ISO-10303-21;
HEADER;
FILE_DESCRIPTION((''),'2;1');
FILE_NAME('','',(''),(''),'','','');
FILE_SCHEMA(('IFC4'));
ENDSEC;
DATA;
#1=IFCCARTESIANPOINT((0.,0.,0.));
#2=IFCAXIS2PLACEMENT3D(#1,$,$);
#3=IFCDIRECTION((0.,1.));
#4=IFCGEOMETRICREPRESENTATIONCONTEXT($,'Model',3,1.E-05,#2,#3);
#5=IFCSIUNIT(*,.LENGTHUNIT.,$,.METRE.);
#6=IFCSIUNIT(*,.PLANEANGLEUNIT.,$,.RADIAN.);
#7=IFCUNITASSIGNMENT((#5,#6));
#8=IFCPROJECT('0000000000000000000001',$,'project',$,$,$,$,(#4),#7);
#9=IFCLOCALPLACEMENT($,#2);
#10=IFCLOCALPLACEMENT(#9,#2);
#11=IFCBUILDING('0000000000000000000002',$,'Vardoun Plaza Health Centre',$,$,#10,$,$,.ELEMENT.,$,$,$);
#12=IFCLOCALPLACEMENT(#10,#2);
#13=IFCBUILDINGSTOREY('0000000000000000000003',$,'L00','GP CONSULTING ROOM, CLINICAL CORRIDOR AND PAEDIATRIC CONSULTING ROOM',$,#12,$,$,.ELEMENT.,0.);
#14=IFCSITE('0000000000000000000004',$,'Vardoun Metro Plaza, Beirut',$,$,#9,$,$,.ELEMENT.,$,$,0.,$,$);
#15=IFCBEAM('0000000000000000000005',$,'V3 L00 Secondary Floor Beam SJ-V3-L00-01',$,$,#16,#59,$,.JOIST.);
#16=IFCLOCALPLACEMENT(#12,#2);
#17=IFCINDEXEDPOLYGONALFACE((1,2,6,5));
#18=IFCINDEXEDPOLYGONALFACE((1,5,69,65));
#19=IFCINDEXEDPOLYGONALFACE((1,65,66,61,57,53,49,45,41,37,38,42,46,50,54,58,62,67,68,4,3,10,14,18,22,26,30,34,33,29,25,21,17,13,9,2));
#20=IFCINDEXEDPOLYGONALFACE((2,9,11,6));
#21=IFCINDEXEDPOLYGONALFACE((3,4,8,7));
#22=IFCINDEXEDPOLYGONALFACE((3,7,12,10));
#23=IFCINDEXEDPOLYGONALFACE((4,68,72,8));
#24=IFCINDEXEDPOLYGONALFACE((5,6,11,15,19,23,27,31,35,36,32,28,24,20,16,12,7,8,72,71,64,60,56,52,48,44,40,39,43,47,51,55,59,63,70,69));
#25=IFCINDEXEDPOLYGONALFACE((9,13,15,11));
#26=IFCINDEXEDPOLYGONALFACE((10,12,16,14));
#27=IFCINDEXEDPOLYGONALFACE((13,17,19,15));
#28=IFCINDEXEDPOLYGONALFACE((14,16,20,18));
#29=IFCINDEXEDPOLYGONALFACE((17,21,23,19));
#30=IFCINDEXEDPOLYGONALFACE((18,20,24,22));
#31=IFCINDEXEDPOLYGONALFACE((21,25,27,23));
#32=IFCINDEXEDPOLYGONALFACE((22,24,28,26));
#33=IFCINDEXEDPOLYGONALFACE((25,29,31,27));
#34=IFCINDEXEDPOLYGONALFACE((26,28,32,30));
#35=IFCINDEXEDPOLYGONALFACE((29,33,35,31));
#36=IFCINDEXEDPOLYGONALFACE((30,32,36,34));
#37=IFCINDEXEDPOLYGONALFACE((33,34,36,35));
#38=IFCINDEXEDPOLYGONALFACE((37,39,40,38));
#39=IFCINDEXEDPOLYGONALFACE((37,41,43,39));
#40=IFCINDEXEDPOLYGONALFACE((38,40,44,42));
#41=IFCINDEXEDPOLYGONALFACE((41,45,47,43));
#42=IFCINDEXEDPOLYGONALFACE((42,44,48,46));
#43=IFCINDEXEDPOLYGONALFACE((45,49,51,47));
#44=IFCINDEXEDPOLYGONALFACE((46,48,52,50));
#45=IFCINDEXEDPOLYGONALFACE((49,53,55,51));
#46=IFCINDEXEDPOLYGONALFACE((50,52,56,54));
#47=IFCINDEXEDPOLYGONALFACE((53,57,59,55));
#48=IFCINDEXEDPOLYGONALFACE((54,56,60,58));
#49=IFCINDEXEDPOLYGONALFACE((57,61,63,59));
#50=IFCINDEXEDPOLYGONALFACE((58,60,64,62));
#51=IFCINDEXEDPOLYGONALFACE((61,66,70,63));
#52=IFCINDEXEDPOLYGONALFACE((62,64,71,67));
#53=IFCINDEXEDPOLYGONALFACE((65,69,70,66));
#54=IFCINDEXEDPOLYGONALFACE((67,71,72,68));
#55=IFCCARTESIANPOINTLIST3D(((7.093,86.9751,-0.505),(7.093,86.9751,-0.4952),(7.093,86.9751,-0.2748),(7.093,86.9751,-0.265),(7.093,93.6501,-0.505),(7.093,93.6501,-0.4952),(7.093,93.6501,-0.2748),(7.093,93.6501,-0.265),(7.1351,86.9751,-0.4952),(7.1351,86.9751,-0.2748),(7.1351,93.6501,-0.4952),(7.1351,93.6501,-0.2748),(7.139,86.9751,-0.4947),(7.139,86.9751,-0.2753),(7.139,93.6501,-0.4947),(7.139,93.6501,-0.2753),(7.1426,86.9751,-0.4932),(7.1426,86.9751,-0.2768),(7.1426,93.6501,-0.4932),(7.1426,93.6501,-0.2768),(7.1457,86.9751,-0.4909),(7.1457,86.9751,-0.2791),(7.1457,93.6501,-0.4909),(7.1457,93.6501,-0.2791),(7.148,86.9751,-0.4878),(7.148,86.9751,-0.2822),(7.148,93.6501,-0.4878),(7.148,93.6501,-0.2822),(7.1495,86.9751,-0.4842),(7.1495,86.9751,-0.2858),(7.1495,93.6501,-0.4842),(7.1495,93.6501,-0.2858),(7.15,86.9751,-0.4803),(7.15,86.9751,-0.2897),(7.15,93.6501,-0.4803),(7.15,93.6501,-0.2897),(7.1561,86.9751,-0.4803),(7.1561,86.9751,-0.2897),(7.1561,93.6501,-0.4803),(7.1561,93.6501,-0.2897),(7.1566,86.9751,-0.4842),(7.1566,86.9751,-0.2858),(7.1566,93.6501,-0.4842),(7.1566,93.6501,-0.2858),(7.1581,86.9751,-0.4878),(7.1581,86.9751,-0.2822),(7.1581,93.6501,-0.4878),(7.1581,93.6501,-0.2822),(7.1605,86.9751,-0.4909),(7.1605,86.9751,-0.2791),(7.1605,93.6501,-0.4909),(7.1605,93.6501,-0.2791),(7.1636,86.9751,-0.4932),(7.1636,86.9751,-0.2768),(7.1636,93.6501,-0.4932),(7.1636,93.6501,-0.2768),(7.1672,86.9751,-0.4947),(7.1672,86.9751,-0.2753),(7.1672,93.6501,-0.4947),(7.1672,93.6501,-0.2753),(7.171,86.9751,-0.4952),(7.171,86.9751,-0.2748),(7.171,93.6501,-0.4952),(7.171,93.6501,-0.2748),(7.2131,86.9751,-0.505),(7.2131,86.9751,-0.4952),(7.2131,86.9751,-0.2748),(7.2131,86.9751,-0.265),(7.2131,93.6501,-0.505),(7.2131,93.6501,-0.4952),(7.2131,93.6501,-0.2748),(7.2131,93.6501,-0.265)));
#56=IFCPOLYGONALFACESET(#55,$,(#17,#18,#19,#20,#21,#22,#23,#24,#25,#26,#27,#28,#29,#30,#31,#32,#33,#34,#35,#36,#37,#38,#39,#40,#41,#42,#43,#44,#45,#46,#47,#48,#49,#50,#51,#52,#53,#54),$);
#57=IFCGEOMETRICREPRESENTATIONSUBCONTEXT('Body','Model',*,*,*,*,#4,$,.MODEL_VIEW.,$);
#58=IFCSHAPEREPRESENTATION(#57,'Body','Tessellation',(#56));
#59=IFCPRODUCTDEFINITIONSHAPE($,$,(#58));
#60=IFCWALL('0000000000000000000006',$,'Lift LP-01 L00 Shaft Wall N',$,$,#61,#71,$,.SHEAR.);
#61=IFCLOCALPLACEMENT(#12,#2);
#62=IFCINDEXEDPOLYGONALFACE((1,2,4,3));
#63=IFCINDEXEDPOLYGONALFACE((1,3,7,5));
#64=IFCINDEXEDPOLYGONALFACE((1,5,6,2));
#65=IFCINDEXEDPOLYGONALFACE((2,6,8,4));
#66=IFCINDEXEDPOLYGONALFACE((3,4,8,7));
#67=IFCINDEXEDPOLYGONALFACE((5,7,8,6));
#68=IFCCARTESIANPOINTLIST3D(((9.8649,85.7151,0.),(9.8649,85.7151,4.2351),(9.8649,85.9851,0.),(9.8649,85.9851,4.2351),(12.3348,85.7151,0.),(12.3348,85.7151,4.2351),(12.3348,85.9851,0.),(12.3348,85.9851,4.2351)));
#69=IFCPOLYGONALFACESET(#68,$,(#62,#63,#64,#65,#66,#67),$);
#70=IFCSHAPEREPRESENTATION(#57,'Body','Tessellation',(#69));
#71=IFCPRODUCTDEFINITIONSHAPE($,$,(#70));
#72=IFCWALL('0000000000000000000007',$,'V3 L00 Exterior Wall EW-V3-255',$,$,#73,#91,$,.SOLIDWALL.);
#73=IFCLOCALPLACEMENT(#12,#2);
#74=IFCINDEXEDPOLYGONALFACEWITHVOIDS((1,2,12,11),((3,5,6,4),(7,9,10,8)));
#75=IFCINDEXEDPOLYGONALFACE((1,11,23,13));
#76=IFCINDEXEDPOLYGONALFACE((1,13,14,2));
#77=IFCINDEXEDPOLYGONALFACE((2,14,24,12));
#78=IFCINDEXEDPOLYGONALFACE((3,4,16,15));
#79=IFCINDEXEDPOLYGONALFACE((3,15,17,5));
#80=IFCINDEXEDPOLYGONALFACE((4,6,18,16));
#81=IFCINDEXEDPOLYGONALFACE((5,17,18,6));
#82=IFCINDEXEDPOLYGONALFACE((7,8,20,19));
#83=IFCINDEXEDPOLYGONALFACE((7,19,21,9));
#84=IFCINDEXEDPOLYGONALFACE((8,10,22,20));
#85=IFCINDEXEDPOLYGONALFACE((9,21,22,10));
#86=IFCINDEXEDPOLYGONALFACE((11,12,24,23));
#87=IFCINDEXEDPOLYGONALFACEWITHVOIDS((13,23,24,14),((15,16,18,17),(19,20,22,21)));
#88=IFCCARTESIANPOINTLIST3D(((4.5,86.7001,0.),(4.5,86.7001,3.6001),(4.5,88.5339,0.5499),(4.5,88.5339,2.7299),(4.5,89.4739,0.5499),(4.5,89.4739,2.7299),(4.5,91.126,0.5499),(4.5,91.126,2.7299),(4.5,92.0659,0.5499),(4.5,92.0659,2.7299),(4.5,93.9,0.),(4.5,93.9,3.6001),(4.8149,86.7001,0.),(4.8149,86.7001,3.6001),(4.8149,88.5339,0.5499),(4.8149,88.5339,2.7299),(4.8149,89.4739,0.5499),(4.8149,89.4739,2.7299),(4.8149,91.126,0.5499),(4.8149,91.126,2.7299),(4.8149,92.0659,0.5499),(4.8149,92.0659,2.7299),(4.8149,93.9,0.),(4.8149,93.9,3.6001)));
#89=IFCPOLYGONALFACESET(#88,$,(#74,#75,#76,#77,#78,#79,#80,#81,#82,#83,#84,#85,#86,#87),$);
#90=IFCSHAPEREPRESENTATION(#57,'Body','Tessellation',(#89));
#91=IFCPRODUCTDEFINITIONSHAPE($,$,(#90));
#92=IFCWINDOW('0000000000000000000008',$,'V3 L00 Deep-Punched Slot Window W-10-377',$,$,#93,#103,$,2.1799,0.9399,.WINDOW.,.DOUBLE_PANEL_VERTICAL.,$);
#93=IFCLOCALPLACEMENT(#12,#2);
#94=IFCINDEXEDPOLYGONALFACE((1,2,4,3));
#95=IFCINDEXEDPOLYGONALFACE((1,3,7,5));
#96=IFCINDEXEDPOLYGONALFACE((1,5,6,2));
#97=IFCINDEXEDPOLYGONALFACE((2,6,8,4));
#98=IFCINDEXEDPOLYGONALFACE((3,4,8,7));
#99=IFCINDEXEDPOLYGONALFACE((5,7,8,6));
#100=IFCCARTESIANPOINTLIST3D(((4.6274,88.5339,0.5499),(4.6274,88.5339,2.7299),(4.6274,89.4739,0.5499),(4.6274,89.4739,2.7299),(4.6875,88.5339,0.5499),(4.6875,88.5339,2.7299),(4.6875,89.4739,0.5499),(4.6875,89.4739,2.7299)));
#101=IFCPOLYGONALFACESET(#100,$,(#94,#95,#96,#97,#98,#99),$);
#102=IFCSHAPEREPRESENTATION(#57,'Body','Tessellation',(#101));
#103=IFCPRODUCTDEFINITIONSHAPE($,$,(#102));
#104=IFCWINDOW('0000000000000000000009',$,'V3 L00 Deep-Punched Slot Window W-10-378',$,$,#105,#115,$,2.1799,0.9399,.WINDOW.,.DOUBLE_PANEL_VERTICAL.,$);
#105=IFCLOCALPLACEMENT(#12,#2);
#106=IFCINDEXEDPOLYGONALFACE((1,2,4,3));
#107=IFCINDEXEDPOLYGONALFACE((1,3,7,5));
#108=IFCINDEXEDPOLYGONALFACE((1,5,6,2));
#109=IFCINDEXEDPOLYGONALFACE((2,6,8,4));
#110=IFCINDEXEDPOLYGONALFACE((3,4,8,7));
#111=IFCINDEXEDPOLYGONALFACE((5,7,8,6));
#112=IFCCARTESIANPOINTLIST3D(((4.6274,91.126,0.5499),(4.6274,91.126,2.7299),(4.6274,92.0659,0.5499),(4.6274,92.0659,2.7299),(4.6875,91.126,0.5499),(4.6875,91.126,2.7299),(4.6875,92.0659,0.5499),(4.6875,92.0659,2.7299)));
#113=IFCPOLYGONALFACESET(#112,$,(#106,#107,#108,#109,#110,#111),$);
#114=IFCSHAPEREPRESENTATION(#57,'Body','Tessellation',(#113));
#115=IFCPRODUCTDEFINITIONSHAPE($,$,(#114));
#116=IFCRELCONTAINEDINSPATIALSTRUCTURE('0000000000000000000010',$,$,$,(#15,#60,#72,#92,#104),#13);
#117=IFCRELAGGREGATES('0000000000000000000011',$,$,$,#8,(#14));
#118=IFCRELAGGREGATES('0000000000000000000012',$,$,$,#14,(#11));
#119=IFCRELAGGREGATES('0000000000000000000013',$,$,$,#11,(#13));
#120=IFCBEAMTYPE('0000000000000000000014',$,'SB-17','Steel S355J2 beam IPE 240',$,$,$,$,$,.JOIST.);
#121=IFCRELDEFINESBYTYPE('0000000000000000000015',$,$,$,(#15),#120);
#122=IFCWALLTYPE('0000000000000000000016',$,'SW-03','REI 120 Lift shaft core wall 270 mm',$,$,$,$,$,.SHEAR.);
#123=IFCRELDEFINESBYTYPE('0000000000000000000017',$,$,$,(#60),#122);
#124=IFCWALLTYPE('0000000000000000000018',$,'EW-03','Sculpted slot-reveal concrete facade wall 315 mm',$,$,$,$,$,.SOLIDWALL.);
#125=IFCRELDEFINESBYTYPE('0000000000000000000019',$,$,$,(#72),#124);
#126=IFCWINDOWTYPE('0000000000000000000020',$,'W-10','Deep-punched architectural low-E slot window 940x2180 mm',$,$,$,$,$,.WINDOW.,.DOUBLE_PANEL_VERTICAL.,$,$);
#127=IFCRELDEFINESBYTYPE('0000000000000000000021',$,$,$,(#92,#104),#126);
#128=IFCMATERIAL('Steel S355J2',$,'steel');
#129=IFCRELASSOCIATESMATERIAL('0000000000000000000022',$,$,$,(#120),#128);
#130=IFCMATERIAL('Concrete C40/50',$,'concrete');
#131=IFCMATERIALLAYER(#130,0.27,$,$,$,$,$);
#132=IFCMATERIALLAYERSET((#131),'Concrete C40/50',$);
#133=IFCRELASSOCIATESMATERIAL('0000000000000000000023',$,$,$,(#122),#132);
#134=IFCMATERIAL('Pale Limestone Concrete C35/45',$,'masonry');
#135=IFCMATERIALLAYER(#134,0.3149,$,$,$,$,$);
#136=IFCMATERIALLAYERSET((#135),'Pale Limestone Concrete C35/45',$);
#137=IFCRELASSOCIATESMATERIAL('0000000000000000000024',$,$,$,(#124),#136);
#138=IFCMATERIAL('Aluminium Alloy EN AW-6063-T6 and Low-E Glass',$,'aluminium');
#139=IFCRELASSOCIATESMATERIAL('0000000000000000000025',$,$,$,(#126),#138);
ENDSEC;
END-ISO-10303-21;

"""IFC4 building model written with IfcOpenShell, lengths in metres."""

from ifc_helpers import new_model, si_unit, direction, frame, frame_2d, origin, origin_2d, place, context, subcontext, project, spatial, rectangle, i_section, extrude, material, layer, layer_set, material_profile, profile_set, type_object, element, fill, save


model = new_model("IFC4")

# Units and contexts
model_context = context("Model", 3, precision=1e-05, world=origin(), true_north=direction((0.0, 1.0)))
body_context = subcontext(model_context, "Body", "Model", "MODEL_VIEW")
ifc_project = project(units=[si_unit("LENGTHUNIT", "METRE"), si_unit("PLANEANGLEUNIT", "RADIAN")], contexts=[model_context])

# Site, building, storey
site_placement = place(None, origin())
site = spatial("IfcSite", under=ifc_project, at=site_placement, Name="Vardoun Metro Plaza, Beirut", CompositionType="ELEMENT", RefElevation=0.0)
building_placement = place(site_placement, origin())
building = spatial("IfcBuilding", under=site, at=building_placement, Name="Vardoun Plaza Health Centre", CompositionType="ELEMENT")
storey_placement = place(building_placement, origin())
storey = spatial("IfcBuildingStorey", under=building, at=storey_placement, Name="L00", Description="GP CONSULTING ROOM, CLINICAL CORRIDOR AND PAEDIATRIC CONSULTING ROOM", CompositionType="ELEMENT", Elevation=0.0)

# Beam
ifc_material_1 = material(Name="Steel S355J2", Category="steel")
ifc_material_profile_1 = material_profile(ifc_material_1, i_section(OverallWidth=0.1201, OverallDepth=0.24, WebThickness=0.0061, FlangeThickness=0.0098, FilletRadius=0.0149, at=origin_2d()), Name="IPE 240")
ifc_profile_set_1 = profile_set([ifc_material_profile_1], Name="Steel S355J2")
beam_type_1 = type_object("IfcBeamType", Name="SB-17", Description="Steel S355J2 beam IPE 240", PredefinedType="JOIST", material=ifc_profile_set_1)
beam_1_placement = place(storey_placement, frame((7.1531, 86.9751, -0.385), z_axis=(0.0, 1.0, 0.0), x_axis=(-1.0, 0.0, 0.0)))
element("IfcBeam", 1, at=beam_1_placement, inside=storey, type_object=beam_type_1, Name="V3 L00 Secondary Floor Beam SJ-V3-L00-01", PredefinedType="JOIST", context=body_context, shape_type="SweptSolid", body=[
    extrude(i_section(OverallWidth=0.1201, OverallDepth=0.24, WebThickness=0.0061, FlangeThickness=0.0098, FilletRadius=0.0149, at=origin_2d()), origin(), (0.0, 0.0, 1.0), 6.675),
])

# Wall
ifc_material_2 = material(Name="Concrete C40/50", Category="concrete")
ifc_layer_1 = layer(ifc_material_2, 0.27)
ifc_layer_set_1 = layer_set([ifc_layer_1], Name="Concrete C40/50")
wall_type_1 = type_object("IfcWallType", Name="SW-03", Description="REI 120 Lift shaft core wall 270 mm", PredefinedType="SHEAR", material=ifc_layer_set_1)
wall_1_placement = place(storey_placement, frame((9.865, 85.8501, 0.0), z_axis=(0.0, 0.0, 1.0), x_axis=(1.0, 0.0, 0.0)))
element("IfcWall", 2, at=wall_1_placement, inside=storey, type_object=wall_type_1, Name="Lift LP-01 L00 Shaft Wall N", PredefinedType="SHEAR", context=body_context, shape_type="SweptSolid", body=[
    extrude(rectangle(XDim=2.47, YDim=0.27, at=frame_2d((1.2349, 0.0))), origin(), (0.0, 0.0, 1.0), 4.2351),
])

# Wall, openings, windows
ifc_material_3 = material(Name="Pale Limestone Concrete C35/45", Category="masonry")
ifc_layer_2 = layer(ifc_material_3, 0.3149)
ifc_layer_set_2 = layer_set([ifc_layer_2], Name="Pale Limestone Concrete C35/45")
wall_type_2 = type_object("IfcWallType", Name="EW-03", Description="Sculpted slot-reveal concrete facade wall 315 mm", PredefinedType="SOLIDWALL", material=ifc_layer_set_2)
wall_2_placement = place(storey_placement, frame((4.6575, 86.7, 0.0), z_axis=(0.0, 0.0, 1.0), x_axis=(0.0, 1.0, 0.0)))
wall_2 = element("IfcWall", 3, at=wall_2_placement, inside=storey, type_object=wall_type_2, Name="V3 L00 Exterior Wall EW-V3-255", PredefinedType="SOLIDWALL", context=body_context, shape_type="SweptSolid", body=[
    extrude(rectangle(XDim=7.2, YDim=0.3149, at=frame_2d((3.6001, 0.0))), origin(), (0.0, 0.0, 1.0), 3.6001),
])
opening_1_placement = place(wall_2_placement, frame((1.834, 0.0, 0.55)))
opening_1 = element("IfcOpeningElement", 4, at=opening_1_placement, cuts=wall_2, PredefinedType="OPENING", context=body_context, shape_type="SweptSolid", body=[
    extrude(rectangle(XDim=0.9399, YDim=2.1799, at=frame_2d((0.47, 1.0898))), frame((0.0, 0.1575, 0.0), z_axis=(0.0, -1.0, 0.0), x_axis=(1.0, 0.0, 0.0)), (0.0, 0.0, 1.0), 0.3149),
])
opening_2_placement = place(wall_2_placement, frame((4.426, 0.0, 0.55)))
opening_2 = element("IfcOpeningElement", 5, at=opening_2_placement, cuts=wall_2, PredefinedType="OPENING", context=body_context, shape_type="SweptSolid", body=[
    extrude(rectangle(XDim=0.9399, YDim=2.1799, at=frame_2d((0.47, 1.0898))), frame((0.0, 0.1575, 0.0), z_axis=(0.0, -1.0, 0.0), x_axis=(1.0, 0.0, 0.0)), (0.0, 0.0, 1.0), 0.3149),
])
ifc_material_4 = material(Name="Aluminium Alloy EN AW-6063-T6 and Low-E Glass", Category="aluminium")
window_type_1 = type_object("IfcWindowType", Name="W-10", Description="Deep-punched architectural low-E slot window 940x2180 mm", PartitioningType="DOUBLE_PANEL_VERTICAL", PredefinedType="WINDOW", material=ifc_material_4)
window_1_placement = place(opening_1_placement, origin())
window_1 = element("IfcWindow", 6, at=window_1_placement, inside=storey, type_object=window_type_1, Name="V3 L00 Deep-Punched Slot Window W-10-377", OverallHeight=2.1799, OverallWidth=0.9399, PartitioningType="DOUBLE_PANEL_VERTICAL", PredefinedType="WINDOW", context=body_context, shape_type="SweptSolid", body=[
    extrude(rectangle(XDim=0.9399, YDim=2.1799, at=frame_2d((0.47, 1.0898))), frame((0.0, 0.03, 0.0), z_axis=(0.0, -1.0, 0.0), x_axis=(1.0, 0.0, 0.0)), (0.0, 0.0, 1.0), 0.0601),
])
fill(opening_1, window_1)
window_2_placement = place(opening_2_placement, origin())
window_2 = element("IfcWindow", 7, at=window_2_placement, inside=storey, type_object=window_type_1, Name="V3 L00 Deep-Punched Slot Window W-10-378", OverallHeight=2.1799, OverallWidth=0.9399, PartitioningType="DOUBLE_PANEL_VERTICAL", PredefinedType="WINDOW", context=body_context, shape_type="SweptSolid", body=[
    extrude(rectangle(XDim=0.9399, YDim=2.1799, at=frame_2d((0.47, 1.0898))), frame((0.0, 0.03, 0.0), z_axis=(0.0, -1.0, 0.0), x_axis=(1.0, 0.0, 0.0)), (0.0, 0.0, 1.0), 0.0601),
])
fill(opening_2, window_2)

save(model, "model.ifc")
